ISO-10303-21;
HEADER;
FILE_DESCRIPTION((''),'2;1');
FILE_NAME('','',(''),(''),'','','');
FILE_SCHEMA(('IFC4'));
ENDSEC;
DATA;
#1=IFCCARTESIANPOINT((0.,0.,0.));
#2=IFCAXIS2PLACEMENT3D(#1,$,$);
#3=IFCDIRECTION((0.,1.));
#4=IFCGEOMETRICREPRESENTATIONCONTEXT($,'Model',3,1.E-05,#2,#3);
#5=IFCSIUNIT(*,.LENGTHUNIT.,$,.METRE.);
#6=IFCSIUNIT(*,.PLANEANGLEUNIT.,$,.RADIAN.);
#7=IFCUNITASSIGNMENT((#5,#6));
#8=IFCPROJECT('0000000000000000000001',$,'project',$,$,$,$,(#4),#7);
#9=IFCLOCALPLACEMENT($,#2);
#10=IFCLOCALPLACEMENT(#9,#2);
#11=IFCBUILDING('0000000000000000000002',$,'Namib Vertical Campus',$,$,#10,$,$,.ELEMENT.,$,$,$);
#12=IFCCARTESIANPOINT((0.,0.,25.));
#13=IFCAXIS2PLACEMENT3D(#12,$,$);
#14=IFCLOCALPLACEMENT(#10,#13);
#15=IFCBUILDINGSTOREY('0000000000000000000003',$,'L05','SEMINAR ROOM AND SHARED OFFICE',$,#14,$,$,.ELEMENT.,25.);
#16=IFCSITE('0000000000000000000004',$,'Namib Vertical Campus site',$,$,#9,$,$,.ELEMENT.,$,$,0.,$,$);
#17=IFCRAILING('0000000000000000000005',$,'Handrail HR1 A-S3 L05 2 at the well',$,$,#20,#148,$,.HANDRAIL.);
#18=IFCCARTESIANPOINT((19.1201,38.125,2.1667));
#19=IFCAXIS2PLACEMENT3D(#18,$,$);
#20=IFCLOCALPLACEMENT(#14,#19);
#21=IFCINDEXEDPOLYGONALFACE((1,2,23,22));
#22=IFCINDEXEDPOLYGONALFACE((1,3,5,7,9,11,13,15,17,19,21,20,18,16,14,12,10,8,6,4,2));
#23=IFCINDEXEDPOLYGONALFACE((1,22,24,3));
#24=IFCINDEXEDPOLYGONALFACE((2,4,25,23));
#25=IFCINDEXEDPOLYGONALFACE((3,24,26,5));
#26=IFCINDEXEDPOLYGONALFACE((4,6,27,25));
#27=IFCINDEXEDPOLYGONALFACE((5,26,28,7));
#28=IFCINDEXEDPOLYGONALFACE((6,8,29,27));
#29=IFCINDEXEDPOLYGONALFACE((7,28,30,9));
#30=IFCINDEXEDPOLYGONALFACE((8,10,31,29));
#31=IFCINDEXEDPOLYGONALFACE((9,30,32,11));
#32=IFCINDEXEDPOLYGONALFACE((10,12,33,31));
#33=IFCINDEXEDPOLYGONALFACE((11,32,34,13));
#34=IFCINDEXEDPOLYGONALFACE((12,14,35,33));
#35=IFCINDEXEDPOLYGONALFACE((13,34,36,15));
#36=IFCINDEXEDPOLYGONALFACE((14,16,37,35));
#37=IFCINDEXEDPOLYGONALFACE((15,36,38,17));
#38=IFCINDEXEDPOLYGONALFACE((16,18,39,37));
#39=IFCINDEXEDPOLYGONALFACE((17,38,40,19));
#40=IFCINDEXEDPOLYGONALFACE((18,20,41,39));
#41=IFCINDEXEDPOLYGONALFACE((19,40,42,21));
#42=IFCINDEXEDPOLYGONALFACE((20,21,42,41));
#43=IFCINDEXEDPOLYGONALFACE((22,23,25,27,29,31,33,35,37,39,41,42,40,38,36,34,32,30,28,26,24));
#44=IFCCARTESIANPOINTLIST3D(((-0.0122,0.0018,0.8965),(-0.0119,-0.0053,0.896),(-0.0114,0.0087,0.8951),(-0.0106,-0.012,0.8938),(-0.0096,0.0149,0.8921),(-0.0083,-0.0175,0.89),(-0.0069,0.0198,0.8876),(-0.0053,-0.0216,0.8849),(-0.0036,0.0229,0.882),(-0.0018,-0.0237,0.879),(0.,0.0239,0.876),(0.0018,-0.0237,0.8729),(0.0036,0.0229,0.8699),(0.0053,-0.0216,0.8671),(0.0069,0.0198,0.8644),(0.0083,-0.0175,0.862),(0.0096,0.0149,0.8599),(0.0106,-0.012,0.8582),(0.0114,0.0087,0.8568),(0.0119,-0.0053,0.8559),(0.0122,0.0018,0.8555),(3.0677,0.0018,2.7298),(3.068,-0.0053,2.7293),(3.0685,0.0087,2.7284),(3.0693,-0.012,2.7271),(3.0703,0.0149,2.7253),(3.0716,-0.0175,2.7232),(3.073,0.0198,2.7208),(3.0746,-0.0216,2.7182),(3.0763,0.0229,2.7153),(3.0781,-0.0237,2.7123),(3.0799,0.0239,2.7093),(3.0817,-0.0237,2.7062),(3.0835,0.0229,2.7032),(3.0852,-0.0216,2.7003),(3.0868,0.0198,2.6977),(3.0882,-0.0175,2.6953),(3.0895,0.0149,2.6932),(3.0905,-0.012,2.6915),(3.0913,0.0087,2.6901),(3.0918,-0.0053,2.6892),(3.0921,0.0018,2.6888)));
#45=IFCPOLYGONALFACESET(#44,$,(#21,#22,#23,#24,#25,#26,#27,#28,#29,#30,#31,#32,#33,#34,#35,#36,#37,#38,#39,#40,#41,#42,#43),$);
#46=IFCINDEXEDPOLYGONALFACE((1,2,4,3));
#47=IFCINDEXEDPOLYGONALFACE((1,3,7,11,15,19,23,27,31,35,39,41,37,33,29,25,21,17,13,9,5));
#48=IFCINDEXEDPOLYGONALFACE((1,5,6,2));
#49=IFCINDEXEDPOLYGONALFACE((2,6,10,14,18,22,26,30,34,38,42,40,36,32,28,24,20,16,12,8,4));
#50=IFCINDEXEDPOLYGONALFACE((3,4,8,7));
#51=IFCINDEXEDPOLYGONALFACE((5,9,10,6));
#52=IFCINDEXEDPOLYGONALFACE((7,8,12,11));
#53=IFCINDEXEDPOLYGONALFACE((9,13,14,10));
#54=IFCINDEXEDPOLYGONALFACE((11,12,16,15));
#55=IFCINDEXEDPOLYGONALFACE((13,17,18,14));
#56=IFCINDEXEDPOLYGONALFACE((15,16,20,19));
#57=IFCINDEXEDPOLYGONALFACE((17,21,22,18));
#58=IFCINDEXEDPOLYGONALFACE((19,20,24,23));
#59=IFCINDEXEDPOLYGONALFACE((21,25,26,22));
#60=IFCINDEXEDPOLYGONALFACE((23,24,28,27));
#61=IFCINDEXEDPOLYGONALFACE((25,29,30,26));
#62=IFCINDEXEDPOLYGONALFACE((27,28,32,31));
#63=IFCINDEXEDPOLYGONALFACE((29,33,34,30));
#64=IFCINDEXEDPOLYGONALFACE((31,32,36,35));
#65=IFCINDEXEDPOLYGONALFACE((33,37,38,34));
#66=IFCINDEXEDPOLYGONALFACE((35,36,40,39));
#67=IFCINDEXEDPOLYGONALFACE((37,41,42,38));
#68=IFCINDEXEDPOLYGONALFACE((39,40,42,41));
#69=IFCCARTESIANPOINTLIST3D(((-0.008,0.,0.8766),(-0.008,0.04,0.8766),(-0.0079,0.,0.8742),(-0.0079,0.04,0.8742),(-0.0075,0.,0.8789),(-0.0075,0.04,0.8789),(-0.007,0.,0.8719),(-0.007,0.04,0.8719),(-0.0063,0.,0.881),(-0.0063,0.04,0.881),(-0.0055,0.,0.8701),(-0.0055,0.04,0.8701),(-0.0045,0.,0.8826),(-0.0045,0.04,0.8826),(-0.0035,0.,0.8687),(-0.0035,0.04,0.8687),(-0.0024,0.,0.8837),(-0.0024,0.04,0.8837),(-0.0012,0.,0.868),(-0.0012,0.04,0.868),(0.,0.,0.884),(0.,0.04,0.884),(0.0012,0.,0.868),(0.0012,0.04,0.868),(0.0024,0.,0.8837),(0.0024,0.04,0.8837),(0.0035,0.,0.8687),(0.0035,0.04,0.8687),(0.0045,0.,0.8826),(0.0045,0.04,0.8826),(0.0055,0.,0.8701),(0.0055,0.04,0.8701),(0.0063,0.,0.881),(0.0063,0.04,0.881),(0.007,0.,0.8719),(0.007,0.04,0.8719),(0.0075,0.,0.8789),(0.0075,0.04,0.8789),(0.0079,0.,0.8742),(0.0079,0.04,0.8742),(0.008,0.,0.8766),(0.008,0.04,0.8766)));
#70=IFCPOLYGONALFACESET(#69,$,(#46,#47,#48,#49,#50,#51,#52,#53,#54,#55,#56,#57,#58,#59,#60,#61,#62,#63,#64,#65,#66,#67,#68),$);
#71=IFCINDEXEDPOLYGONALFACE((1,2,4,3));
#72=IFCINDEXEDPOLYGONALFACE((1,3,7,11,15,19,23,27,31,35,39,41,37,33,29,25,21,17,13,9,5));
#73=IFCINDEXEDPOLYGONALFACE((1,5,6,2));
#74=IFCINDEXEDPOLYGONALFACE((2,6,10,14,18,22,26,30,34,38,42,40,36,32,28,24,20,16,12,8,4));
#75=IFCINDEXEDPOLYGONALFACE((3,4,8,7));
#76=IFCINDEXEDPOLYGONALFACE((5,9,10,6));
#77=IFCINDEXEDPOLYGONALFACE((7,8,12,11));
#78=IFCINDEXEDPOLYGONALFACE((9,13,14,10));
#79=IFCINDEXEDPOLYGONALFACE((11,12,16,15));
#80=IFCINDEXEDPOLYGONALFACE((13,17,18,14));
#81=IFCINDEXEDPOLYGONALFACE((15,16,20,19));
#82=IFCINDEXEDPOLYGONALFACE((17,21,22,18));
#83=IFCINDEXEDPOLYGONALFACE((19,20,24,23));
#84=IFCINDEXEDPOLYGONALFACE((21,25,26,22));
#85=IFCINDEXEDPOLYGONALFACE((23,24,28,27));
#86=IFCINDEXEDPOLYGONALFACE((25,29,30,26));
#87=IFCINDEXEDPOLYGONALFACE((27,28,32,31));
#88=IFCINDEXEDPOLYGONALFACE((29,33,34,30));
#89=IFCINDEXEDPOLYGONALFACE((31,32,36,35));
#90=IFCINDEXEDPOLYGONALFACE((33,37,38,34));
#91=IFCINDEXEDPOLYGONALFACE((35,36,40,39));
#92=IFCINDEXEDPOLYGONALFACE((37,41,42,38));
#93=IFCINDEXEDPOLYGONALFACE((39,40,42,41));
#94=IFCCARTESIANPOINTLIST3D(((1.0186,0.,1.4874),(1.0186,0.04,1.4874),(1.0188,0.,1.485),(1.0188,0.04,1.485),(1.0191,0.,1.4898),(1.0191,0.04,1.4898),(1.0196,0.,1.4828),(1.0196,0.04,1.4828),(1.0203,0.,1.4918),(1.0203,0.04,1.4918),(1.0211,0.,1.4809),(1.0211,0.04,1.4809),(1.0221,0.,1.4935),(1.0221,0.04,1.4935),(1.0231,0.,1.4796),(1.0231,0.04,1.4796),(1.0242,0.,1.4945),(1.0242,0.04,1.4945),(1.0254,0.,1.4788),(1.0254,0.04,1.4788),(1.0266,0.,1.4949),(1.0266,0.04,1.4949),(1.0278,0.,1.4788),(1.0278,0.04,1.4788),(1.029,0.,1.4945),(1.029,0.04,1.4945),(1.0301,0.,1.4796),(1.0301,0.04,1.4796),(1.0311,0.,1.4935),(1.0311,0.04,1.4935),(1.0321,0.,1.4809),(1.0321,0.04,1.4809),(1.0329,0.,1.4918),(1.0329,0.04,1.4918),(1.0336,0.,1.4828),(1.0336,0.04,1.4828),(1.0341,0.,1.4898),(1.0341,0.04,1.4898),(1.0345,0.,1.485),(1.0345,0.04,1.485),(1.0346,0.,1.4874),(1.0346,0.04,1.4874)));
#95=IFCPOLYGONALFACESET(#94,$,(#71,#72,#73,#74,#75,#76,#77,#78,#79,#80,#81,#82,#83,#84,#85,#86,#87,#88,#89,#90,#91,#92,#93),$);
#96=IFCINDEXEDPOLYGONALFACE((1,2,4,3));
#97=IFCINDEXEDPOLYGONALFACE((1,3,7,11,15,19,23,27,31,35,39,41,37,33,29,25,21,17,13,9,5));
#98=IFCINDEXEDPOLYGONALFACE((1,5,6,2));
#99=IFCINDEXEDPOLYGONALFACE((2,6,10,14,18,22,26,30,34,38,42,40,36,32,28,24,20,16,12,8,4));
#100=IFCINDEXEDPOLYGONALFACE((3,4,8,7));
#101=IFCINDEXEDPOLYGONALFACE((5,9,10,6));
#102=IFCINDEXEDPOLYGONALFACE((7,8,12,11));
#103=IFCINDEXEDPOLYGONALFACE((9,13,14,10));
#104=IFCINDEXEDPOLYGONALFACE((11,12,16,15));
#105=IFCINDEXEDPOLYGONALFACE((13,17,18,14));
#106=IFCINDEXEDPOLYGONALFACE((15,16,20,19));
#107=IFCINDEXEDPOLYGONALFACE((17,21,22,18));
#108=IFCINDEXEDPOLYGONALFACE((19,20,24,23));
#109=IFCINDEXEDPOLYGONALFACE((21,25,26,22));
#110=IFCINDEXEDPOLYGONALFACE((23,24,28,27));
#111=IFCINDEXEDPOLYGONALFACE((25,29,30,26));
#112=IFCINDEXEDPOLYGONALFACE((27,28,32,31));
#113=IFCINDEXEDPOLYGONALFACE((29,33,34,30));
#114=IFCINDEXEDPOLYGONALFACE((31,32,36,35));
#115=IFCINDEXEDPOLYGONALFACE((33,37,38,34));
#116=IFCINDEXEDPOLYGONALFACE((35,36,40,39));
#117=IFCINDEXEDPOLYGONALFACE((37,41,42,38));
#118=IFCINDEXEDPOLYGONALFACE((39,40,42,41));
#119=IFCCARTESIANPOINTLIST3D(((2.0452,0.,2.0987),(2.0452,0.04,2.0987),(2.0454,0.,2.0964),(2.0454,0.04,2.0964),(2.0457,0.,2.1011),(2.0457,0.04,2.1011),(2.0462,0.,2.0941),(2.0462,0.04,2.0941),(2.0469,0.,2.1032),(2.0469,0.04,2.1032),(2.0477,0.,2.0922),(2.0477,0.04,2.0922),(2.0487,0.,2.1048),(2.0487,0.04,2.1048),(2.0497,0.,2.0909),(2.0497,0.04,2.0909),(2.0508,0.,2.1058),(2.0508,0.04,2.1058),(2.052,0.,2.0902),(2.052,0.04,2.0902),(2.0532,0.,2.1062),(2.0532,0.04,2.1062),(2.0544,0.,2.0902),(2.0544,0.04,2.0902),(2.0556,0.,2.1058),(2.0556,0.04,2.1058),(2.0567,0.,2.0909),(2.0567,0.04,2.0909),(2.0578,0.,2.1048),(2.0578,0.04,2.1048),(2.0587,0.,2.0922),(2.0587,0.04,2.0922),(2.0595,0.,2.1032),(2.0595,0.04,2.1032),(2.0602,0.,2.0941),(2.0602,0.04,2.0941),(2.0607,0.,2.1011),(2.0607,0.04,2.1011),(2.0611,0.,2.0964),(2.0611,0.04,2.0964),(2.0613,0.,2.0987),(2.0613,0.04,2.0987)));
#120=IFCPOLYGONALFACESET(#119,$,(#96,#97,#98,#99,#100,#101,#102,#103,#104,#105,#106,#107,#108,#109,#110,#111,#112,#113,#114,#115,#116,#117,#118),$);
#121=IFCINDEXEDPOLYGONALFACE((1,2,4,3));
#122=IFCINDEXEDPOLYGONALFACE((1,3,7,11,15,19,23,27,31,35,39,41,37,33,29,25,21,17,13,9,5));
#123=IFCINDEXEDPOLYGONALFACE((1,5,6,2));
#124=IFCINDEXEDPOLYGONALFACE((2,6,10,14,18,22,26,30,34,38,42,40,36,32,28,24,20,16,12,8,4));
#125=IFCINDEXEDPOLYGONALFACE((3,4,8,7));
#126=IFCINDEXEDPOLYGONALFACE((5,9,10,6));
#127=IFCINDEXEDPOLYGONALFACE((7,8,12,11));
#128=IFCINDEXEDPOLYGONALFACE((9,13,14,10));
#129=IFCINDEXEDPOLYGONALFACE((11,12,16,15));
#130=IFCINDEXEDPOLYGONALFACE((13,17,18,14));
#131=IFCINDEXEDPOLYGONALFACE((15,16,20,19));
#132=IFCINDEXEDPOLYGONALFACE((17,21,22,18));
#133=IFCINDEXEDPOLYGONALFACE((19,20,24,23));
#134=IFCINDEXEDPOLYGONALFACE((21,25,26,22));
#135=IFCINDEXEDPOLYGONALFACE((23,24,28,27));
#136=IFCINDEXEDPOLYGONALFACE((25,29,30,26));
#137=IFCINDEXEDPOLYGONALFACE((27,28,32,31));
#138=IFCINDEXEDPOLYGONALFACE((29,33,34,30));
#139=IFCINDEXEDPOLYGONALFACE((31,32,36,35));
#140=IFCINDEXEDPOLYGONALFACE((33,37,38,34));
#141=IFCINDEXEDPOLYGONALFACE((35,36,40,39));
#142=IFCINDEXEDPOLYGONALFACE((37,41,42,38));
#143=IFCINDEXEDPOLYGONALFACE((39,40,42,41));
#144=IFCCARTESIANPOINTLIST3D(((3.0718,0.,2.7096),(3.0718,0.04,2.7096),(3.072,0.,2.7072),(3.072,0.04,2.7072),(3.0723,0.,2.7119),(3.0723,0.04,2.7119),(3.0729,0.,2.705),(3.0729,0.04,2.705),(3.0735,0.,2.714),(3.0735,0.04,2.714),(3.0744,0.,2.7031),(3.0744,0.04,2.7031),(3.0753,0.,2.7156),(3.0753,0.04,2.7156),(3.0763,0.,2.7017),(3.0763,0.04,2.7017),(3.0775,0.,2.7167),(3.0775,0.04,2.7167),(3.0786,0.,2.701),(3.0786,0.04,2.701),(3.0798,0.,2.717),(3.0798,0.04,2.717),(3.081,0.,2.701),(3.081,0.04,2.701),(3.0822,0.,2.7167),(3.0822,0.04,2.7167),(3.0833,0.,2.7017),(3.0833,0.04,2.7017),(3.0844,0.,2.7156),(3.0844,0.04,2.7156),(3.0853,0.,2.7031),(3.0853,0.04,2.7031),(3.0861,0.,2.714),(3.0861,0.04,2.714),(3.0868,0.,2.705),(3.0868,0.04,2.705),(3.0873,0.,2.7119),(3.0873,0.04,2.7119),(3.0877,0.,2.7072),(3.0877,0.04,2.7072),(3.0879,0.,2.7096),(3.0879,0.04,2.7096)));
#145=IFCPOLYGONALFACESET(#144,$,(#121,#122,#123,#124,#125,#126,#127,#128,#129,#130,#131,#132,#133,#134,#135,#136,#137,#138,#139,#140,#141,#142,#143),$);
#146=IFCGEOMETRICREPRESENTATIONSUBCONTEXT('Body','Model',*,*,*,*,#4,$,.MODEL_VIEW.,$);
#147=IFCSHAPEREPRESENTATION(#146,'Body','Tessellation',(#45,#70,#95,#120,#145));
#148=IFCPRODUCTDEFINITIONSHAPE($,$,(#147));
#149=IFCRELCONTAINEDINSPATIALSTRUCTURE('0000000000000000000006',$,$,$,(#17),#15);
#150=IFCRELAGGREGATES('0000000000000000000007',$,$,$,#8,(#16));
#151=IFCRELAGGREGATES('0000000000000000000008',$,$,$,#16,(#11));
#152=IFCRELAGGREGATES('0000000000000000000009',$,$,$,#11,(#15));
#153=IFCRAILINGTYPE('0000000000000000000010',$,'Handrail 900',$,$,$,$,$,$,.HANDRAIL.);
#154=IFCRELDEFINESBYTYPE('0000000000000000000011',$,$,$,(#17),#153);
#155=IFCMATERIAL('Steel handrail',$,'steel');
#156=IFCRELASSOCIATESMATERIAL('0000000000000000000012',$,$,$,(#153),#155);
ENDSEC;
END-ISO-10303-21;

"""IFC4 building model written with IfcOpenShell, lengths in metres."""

from ifc_helpers import new_model, si_unit, direction, frame, origin, origin_2d, place, context, subcontext, project, spatial, circle, extrude, material, type_object, element, save


model = new_model("IFC4")

# Units and contexts
model_context = context("Model", 3, precision=1e-05, world=origin(), true_north=direction((0.0, 1.0)))
body_context = subcontext(model_context, "Body", "Model", "MODEL_VIEW")
ifc_project = project(units=[si_unit("LENGTHUNIT", "METRE"), si_unit("PLANEANGLEUNIT", "RADIAN")], contexts=[model_context])

# Site, building, storey
site_placement = place(None, origin())
site = spatial("IfcSite", under=ifc_project, at=site_placement, Name="Namib Vertical Campus site", CompositionType="ELEMENT", RefElevation=0.0)
building_placement = place(site_placement, origin())
building = spatial("IfcBuilding", under=site, at=building_placement, Name="Namib Vertical Campus", CompositionType="ELEMENT")
storey_placement = place(building_placement, frame((0.0, 0.0, 25.0)))
storey = spatial("IfcBuildingStorey", under=building, at=storey_placement, Name="L05", Description="SEMINAR ROOM AND SHARED OFFICE", CompositionType="ELEMENT", Elevation=25.0)

# Railing
ifc_material_1 = material(Name="Steel handrail", Category="steel")
railing_type = type_object("IfcRailingType", Name="Handrail 900", PredefinedType="HANDRAIL", material=ifc_material_1)
railing_1_placement = place(storey_placement, frame((19.1201, 38.125, 2.1667)))
element("IfcRailing", 1, at=railing_1_placement, inside=storey, type_object=railing_type, Name="Handrail HR1 A-S3 L05 2 at the well", PredefinedType="HANDRAIL", context=body_context, shape_type="SweptSolid", body=[
    extrude(circle(Radius=0.0239, at=origin_2d()), frame((0.0, 0.0, 0.876), z_axis=(0.859291, 0.0, 0.511487), x_axis=(0.0, 1.0, 0.0)), (0.0, 0.0, 1.0), 3.5842),
    extrude(circle(Radius=0.0081, at=origin_2d()), frame((0.0, 0.0, 0.876), z_axis=(0.0, 1.0, 0.0), x_axis=(0.0, 0.0, 1.0)), (0.0, 0.0, 1.0), 0.04),
    extrude(circle(Radius=0.0081, at=origin_2d()), frame((1.0266, 0.0, 1.4868), z_axis=(0.0, 1.0, 0.0), x_axis=(0.0, 0.0, 1.0)), (0.0, 0.0, 1.0), 0.04),
    extrude(circle(Radius=0.0081, at=origin_2d()), frame((2.0532, 0.0, 2.0981), z_axis=(0.0, 1.0, 0.0), x_axis=(0.0, 0.0, 1.0)), (0.0, 0.0, 1.0), 0.04),
    extrude(circle(Radius=0.0081, at=origin_2d()), frame((3.0798, 0.0, 2.709), z_axis=(0.0, 1.0, 0.0), x_axis=(0.0, 0.0, 1.0)), (0.0, 0.0, 1.0), 0.04),
])

save(model, "model.ifc")
